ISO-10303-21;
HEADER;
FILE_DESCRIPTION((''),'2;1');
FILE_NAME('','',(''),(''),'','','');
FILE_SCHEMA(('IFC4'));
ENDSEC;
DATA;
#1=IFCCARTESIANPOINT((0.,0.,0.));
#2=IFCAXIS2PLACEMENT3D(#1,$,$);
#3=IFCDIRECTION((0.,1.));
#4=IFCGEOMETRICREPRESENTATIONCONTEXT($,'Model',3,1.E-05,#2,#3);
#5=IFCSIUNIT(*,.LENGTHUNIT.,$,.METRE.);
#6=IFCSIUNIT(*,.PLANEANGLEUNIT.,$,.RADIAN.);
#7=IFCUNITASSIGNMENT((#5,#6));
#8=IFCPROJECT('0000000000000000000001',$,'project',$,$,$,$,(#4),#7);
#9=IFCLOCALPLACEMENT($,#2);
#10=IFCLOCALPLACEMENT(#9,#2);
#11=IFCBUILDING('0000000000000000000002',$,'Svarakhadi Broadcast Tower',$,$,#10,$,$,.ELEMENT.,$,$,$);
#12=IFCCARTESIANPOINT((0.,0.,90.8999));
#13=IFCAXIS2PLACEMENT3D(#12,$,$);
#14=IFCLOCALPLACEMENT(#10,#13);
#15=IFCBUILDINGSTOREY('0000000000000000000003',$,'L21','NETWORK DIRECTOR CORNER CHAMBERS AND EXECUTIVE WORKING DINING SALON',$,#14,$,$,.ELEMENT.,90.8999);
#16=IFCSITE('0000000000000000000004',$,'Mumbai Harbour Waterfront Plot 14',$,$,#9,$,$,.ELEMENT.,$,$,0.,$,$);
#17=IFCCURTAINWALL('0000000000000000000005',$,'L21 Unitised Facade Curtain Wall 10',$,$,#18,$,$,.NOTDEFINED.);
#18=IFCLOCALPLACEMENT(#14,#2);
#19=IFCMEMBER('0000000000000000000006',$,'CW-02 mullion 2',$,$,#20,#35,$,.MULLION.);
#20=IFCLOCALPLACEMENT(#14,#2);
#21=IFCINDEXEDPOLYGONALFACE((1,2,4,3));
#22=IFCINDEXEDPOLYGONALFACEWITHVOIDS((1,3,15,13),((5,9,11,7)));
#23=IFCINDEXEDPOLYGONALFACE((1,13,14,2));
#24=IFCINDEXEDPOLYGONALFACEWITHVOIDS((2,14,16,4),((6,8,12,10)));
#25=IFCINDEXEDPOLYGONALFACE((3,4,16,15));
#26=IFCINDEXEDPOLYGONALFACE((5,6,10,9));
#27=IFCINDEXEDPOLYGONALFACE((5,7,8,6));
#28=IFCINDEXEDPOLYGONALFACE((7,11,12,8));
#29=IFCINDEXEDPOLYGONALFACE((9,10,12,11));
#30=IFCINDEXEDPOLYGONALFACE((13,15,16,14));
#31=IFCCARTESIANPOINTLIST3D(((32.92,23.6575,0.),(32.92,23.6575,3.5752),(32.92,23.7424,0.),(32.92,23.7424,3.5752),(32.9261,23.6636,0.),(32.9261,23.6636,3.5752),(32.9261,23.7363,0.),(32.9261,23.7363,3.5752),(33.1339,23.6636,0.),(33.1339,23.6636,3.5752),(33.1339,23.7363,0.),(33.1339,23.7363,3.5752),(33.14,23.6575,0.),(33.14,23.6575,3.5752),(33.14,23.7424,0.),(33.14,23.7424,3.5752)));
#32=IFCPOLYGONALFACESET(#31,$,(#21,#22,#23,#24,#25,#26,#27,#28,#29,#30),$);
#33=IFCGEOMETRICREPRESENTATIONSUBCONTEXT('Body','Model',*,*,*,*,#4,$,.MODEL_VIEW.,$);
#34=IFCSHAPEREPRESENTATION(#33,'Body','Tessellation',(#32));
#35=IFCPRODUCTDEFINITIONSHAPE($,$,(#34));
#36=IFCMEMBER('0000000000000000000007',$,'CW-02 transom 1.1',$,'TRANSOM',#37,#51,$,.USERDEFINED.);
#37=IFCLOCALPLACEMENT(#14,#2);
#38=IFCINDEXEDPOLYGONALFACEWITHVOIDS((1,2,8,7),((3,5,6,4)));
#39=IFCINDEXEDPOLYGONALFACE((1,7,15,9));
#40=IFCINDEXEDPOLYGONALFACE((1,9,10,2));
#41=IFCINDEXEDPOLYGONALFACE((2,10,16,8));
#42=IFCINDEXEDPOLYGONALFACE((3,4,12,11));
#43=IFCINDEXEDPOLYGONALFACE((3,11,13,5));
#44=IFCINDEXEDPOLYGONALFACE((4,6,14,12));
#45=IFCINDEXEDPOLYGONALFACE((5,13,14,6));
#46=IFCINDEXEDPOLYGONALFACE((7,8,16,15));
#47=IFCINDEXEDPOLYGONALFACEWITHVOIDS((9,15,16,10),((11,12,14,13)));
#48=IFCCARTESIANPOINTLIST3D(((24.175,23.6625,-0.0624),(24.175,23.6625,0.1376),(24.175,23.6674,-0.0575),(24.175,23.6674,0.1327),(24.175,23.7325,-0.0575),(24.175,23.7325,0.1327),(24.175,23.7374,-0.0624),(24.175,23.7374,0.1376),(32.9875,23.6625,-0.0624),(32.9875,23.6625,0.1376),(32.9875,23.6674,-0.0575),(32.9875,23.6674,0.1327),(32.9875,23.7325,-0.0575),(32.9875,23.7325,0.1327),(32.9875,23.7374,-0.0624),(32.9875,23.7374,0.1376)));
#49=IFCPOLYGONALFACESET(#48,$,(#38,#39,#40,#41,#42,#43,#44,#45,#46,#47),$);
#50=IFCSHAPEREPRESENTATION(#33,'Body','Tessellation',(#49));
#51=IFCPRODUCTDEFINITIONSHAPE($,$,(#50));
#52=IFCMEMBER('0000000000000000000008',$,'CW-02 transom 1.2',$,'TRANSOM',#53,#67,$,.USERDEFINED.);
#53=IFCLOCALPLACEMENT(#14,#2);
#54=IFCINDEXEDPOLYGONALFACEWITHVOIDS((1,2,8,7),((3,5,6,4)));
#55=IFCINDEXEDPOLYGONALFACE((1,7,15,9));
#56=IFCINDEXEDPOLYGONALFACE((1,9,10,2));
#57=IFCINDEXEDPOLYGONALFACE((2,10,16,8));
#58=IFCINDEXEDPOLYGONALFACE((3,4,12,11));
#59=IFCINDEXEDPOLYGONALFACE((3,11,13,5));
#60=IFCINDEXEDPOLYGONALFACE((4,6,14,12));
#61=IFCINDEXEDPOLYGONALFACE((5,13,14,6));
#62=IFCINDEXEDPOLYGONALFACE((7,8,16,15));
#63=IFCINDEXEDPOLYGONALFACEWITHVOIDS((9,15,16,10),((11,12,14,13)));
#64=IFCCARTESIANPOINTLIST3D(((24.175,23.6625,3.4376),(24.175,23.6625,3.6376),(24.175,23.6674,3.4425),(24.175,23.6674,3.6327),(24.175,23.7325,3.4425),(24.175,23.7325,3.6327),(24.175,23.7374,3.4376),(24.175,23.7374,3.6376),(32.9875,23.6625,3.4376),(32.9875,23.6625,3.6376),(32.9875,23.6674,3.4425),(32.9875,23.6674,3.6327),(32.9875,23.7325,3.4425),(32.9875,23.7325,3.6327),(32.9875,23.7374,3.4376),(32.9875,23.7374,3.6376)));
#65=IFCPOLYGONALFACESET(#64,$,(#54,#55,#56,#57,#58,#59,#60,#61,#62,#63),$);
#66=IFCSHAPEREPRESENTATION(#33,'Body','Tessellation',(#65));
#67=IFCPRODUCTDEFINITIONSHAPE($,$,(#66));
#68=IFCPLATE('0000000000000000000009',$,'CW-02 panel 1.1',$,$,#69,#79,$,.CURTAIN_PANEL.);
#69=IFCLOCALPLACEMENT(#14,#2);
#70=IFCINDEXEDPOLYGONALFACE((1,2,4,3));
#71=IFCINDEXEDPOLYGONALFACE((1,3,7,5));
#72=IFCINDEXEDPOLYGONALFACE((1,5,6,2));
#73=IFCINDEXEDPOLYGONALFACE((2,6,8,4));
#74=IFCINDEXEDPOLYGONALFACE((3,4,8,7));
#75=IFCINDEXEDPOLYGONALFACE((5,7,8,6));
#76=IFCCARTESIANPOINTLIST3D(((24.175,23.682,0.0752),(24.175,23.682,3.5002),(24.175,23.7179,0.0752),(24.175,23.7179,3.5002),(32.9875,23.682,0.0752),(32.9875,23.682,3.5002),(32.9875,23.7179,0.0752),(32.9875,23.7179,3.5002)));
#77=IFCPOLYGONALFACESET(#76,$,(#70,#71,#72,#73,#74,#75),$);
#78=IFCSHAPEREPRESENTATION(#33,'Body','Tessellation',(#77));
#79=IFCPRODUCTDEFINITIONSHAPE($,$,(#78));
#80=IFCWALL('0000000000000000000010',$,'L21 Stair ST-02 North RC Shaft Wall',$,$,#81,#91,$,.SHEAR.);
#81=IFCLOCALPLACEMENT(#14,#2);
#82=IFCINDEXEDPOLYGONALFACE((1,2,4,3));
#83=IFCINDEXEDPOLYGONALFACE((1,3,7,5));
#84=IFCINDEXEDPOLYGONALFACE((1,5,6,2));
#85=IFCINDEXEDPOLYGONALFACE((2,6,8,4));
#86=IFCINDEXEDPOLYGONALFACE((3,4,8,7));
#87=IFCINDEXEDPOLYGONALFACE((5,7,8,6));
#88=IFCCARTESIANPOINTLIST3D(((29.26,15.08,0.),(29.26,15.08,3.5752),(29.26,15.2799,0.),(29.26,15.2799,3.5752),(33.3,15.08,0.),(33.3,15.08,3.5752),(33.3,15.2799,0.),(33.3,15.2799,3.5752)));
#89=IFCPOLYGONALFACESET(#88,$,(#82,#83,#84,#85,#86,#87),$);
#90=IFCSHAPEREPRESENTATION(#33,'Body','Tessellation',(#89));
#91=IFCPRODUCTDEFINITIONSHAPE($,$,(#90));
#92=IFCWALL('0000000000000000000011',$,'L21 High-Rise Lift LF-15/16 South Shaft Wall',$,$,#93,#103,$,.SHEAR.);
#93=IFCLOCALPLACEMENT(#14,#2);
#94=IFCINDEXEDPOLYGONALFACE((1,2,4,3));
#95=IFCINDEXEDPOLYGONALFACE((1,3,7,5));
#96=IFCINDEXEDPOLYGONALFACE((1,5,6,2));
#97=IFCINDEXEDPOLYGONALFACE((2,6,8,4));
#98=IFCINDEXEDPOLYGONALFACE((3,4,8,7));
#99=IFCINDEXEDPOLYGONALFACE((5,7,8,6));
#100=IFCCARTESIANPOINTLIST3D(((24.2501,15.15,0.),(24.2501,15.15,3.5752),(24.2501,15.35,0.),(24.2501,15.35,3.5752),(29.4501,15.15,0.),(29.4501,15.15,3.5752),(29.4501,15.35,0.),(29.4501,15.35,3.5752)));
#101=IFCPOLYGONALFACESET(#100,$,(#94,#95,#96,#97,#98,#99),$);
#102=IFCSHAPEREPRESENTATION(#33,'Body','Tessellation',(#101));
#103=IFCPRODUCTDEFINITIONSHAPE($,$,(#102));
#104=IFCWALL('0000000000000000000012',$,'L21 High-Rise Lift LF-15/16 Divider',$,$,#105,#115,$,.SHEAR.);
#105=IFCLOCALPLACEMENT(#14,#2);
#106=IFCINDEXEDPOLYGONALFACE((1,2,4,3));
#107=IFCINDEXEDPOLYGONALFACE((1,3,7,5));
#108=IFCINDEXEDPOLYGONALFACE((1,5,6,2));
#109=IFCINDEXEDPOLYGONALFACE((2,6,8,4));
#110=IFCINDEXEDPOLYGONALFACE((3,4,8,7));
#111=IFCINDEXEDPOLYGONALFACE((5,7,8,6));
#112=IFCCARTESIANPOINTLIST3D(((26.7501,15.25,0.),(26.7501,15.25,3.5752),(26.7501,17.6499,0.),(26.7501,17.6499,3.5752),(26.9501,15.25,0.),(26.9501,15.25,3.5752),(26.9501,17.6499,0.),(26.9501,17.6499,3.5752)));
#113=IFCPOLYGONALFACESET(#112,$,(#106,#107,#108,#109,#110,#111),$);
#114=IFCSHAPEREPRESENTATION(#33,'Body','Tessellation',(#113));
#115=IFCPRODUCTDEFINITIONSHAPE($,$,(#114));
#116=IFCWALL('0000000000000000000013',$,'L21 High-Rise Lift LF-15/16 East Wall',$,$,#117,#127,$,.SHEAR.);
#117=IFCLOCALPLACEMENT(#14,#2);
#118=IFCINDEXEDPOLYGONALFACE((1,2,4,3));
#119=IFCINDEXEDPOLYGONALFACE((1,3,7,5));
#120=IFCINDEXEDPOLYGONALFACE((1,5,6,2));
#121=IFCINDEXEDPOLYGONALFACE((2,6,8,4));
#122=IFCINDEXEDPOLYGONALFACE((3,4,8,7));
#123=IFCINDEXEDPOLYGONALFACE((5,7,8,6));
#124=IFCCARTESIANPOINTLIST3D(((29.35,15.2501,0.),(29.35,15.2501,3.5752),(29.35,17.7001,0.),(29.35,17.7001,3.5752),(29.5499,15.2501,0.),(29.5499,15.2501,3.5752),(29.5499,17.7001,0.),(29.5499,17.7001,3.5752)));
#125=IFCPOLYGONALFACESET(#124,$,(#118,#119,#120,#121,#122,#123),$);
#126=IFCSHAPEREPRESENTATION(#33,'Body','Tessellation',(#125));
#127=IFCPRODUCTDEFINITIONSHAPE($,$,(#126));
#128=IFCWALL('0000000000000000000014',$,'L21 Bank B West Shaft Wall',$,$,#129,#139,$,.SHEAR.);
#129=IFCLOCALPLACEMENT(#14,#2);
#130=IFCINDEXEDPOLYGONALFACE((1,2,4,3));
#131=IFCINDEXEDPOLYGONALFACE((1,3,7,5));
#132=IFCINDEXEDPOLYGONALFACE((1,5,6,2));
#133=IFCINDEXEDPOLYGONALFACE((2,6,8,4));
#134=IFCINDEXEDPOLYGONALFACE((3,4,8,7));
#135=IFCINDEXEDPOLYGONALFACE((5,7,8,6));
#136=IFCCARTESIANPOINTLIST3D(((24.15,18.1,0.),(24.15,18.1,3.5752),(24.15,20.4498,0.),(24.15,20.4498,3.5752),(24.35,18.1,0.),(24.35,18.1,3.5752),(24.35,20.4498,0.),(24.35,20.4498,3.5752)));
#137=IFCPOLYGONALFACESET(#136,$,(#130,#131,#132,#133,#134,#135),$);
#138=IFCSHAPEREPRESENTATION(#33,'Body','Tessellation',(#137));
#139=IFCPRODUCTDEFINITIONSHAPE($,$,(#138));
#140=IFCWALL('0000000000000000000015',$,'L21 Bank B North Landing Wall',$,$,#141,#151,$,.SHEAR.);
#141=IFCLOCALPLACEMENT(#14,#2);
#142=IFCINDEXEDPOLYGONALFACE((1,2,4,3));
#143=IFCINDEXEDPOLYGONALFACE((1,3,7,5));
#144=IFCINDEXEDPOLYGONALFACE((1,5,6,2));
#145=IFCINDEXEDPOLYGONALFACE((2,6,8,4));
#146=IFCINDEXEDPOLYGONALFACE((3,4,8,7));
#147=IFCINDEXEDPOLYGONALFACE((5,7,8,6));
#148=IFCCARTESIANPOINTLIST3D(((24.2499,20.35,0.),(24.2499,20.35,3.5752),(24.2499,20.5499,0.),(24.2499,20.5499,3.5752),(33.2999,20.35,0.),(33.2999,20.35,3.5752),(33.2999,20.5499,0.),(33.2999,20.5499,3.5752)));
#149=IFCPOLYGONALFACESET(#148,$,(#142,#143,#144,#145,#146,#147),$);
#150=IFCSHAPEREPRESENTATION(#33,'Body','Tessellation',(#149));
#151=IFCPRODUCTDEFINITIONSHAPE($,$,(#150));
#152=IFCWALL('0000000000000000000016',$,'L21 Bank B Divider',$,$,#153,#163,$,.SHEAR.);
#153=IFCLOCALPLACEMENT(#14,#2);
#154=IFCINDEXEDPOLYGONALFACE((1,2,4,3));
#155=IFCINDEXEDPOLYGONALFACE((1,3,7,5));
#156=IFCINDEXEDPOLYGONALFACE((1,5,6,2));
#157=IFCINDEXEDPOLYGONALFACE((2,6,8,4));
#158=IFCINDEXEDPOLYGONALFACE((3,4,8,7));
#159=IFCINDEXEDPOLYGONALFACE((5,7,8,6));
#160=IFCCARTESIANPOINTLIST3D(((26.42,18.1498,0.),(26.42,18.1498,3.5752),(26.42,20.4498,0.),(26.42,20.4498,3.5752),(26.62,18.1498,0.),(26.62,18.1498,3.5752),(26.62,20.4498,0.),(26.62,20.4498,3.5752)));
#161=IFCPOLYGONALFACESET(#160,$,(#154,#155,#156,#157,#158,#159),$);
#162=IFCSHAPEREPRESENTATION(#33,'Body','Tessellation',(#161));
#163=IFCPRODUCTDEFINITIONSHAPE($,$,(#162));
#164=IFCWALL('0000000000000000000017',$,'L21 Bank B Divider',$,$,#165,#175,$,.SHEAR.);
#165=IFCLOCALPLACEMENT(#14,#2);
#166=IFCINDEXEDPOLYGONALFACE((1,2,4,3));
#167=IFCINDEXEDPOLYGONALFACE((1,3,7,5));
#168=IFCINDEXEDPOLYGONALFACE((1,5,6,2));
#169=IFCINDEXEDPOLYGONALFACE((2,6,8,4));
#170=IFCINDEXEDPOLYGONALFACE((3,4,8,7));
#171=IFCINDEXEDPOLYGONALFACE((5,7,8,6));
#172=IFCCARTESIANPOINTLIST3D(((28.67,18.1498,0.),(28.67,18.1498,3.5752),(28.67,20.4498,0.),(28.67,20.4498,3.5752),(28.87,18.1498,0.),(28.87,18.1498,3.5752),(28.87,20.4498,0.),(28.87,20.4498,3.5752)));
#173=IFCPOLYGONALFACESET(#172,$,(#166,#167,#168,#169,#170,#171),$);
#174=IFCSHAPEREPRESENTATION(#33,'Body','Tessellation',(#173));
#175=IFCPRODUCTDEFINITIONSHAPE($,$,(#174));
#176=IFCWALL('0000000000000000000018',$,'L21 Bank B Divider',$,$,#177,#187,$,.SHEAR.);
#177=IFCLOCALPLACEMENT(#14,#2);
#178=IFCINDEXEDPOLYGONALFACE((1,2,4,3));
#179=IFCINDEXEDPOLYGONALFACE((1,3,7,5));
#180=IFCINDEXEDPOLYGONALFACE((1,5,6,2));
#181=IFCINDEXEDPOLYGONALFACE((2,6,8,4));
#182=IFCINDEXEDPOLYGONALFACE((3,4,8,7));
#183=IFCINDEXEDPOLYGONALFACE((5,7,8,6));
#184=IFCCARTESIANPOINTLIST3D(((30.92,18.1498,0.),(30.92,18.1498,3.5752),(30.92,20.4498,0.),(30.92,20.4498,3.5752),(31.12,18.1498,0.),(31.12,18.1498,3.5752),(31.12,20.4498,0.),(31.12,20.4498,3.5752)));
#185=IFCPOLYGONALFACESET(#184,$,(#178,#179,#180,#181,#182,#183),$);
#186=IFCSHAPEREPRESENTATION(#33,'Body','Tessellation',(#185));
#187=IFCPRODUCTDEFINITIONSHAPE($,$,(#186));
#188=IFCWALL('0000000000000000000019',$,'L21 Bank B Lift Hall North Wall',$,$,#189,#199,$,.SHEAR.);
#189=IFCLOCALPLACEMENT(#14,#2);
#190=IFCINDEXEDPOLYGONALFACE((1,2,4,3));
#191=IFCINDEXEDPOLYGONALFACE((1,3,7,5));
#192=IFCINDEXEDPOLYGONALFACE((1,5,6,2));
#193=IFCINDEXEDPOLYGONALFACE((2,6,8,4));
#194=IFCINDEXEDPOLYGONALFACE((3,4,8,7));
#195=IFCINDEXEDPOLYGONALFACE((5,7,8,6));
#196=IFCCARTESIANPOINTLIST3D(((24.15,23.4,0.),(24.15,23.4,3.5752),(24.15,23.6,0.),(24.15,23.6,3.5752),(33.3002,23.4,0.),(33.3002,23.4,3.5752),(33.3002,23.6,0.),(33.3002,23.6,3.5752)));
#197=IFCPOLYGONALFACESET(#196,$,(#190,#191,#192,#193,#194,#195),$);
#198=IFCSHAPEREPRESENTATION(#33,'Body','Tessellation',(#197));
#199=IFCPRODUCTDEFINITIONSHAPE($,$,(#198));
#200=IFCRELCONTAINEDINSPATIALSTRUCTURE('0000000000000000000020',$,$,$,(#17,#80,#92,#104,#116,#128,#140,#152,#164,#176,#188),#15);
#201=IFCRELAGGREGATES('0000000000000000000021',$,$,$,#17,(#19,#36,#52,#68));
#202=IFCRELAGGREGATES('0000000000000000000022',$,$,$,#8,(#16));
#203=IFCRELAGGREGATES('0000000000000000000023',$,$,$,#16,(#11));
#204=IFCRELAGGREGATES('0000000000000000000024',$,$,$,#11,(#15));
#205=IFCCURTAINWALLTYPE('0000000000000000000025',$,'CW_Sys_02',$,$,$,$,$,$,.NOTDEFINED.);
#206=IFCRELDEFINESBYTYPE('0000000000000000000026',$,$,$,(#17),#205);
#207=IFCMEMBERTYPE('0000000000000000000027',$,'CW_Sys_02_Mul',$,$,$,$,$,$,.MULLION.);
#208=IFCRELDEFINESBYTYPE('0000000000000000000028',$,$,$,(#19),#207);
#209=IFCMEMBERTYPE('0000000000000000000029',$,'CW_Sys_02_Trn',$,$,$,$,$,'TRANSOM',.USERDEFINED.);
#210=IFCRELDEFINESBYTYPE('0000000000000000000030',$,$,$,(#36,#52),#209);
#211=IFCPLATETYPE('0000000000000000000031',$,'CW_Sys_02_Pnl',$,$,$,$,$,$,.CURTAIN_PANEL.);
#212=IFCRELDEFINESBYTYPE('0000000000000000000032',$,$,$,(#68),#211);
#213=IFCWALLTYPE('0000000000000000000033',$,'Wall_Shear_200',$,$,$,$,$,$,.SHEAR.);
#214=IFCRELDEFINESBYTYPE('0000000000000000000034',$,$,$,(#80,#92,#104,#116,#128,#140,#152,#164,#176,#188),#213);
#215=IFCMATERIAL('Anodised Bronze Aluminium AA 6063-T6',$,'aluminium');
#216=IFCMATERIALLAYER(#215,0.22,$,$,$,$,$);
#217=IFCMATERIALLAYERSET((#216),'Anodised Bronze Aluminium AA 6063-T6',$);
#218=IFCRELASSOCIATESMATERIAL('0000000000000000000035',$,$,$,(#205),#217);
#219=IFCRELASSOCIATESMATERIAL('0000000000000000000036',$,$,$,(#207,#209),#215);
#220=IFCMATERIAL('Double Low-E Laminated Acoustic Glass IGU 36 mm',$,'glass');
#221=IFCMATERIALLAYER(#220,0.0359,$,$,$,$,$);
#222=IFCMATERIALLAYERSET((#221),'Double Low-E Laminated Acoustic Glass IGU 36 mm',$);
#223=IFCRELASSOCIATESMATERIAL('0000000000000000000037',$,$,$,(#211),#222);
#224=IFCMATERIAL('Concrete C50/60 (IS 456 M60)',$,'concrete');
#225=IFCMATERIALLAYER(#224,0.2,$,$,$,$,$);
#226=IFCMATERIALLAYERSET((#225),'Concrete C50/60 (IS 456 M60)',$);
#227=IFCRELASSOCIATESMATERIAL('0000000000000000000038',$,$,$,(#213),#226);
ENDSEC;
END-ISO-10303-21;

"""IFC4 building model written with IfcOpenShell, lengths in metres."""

from ifc_helpers import new_model, si_unit, direction, frame, frame_2d, origin, origin_2d, place, context, subcontext, project, spatial, rectangle, hollow_rectangle, extrude, material, layer, layer_set, material_profile, profile_set, type_object, element, aggregate, save


model = new_model("IFC4")

# Units and contexts
model_context = context("Model", 3, precision=1e-05, world=origin(), true_north=direction((0.0, 1.0)))
body_context = subcontext(model_context, "Body", "Model", "MODEL_VIEW")
ifc_project = project(units=[si_unit("LENGTHUNIT", "METRE"), si_unit("PLANEANGLEUNIT", "RADIAN")], contexts=[model_context])

# Site, building, storey
site_placement = place(None, origin())
site = spatial("IfcSite", under=ifc_project, at=site_placement, Name="Mumbai Harbour Waterfront Plot 14", CompositionType="ELEMENT", RefElevation=0.0)
building_placement = place(site_placement, origin())
building = spatial("IfcBuilding", under=site, at=building_placement, Name="Svarakhadi Broadcast Tower", CompositionType="ELEMENT")
storey_placement = place(building_placement, frame((0.0, 0.0, 90.8999)))
storey = spatial("IfcBuildingStorey", under=building, at=storey_placement, Name="L21", Description="NETWORK DIRECTOR CORNER CHAMBERS AND EXECUTIVE WORKING DINING SALON", CompositionType="ELEMENT", Elevation=90.8999)

# Curtain wall, members, plate
ifc_material_1 = material(Name="Anodised Bronze Aluminium AA 6063-T6", Category="aluminium")
ifc_layer_1 = layer(ifc_material_1, 0.22)
ifc_layer_set_1 = layer_set([ifc_layer_1], Name="Anodised Bronze Aluminium AA 6063-T6")
curtain_wall_type = type_object("IfcCurtainWallType", Name="CW_Sys_02", PredefinedType="NOTDEFINED", material=ifc_layer_set_1)
curtain_wall_placement = place(storey_placement, origin())
curtain_wall = element("IfcCurtainWall", 1, at=curtain_wall_placement, inside=storey, type_object=curtain_wall_type, Name="L21 Unitised Facade Curtain Wall 10", PredefinedType="NOTDEFINED")
ifc_material_profile_1 = material_profile(ifc_material_1, hollow_rectangle(XDim=0.085, YDim=0.22, WallThickness=0.0061, at=origin_2d()), Name="ALU MULLION 220x85x6")
ifc_profile_set_1 = profile_set([ifc_material_profile_1], Name="Anodised Bronze Aluminium AA 6063-T6")
member_type_1 = type_object("IfcMemberType", Name="CW_Sys_02_Mul", PredefinedType="MULLION", material=ifc_profile_set_1)
member_1_placement = place(storey_placement, frame((33.03, 23.7, 0.0), z_axis=(0.0, 0.0, 1.0), x_axis=(0.0, 1.0, 0.0)))
member_1 = element("IfcMember", 2, at=member_1_placement, type_object=member_type_1, Name="CW-02 mullion 2", PredefinedType="MULLION", context=body_context, shape_type="SweptSolid", body=[
    extrude(hollow_rectangle(XDim=0.085, YDim=0.22, WallThickness=0.0061, at=origin_2d()), origin(), (0.0, 0.0, 1.0), 3.5752),
])
ifc_material_profile_2 = material_profile(ifc_material_1, hollow_rectangle(XDim=0.075, YDim=0.2, WallThickness=0.0049, at=origin_2d()), Name="ALU TRANSOM 200x75x5")
ifc_profile_set_2 = profile_set([ifc_material_profile_2], Name="Anodised Bronze Aluminium AA 6063-T6")
member_type_2 = type_object("IfcMemberType", Name="CW_Sys_02_Trn", ElementType="TRANSOM", PredefinedType="USERDEFINED", material=ifc_profile_set_2)
member_2_placement = place(storey_placement, frame((24.175, 23.7, 0.0376), z_axis=(1.0, 0.0, 0.0), x_axis=(0.0, 1.0, 0.0)))
member_2 = element("IfcMember", 3, at=member_2_placement, type_object=member_type_2, Name="CW-02 transom 1.1", ObjectType="TRANSOM", PredefinedType="USERDEFINED", context=body_context, shape_type="SweptSolid", body=[
    extrude(hollow_rectangle(XDim=0.075, YDim=0.2, WallThickness=0.0049, at=origin_2d()), origin(), (0.0, 0.0, 1.0), 8.8125),
])
member_3_placement = place(storey_placement, frame((24.175, 23.7, 3.5376), z_axis=(1.0, 0.0, 0.0), x_axis=(0.0, 1.0, 0.0)))
member_3 = element("IfcMember", 4, at=member_3_placement, type_object=member_type_2, Name="CW-02 transom 1.2", ObjectType="TRANSOM", PredefinedType="USERDEFINED", context=body_context, shape_type="SweptSolid", body=[
    extrude(hollow_rectangle(XDim=0.075, YDim=0.2, WallThickness=0.0049, at=origin_2d()), origin(), (0.0, 0.0, 1.0), 8.8125),
])
ifc_material_2 = material(Name="Double Low-E Laminated Acoustic Glass IGU 36 mm", Category="glass")
ifc_layer_2 = layer(ifc_material_2, 0.0359)
ifc_layer_set_2 = layer_set([ifc_layer_2], Name="Double Low-E Laminated Acoustic Glass IGU 36 mm")
plate_type = type_object("IfcPlateType", Name="CW_Sys_02_Pnl", PredefinedType="CURTAIN_PANEL", material=ifc_layer_set_2)
plate_placement = place(storey_placement, frame((28.5813, 23.7, 0.0752), z_axis=(0.0, 0.0, 1.0), x_axis=(1.0, 0.0, 0.0)))
plate = element("IfcPlate", 5, at=plate_placement, type_object=plate_type, Name="CW-02 panel 1.1", PredefinedType="CURTAIN_PANEL", context=body_context, shape_type="SweptSolid", body=[
    extrude(rectangle(XDim=8.8125, YDim=0.0359, at=origin_2d()), origin(), (0.0, 0.0, 1.0), 3.425),
])
aggregate(curtain_wall, [member_1, member_2, member_3, plate])

# Wall
ifc_material_3 = material(Name="Concrete C50/60 (IS 456 M60)", Category="concrete")
ifc_layer_3 = layer(ifc_material_3, 0.2)
ifc_layer_set_3 = layer_set([ifc_layer_3], Name="Concrete C50/60 (IS 456 M60)")
wall_type_1 = type_object("IfcWallType", Name="Wall_Shear_200", PredefinedType="SHEAR", material=ifc_layer_set_3)
wall_1_placement = place(storey_placement, frame((29.26, 15.1799, 0.0), z_axis=(0.0, 0.0, 1.0), x_axis=(1.0, 0.0, 0.0)))
element("IfcWall", 6, at=wall_1_placement, inside=storey, type_object=wall_type_1, Name="L21 Stair ST-02 North RC Shaft Wall", PredefinedType="SHEAR", context=body_context, shape_type="SweptSolid", body=[
    extrude(rectangle(XDim=4.04, YDim=0.2, at=frame_2d((2.02, 0.0))), origin(), (0.0, 0.0, 1.0), 3.5752),
])

# Walls
wall_2_placement = place(storey_placement, frame((24.25, 15.25, 0.0), z_axis=(0.0, 0.0, 1.0), x_axis=(1.0, 0.0, 0.0)))
element("IfcWall", 7, at=wall_2_placement, inside=storey, type_object=wall_type_1, Name="L21 High-Rise Lift LF-15/16 South Shaft Wall", PredefinedType="SHEAR", context=body_context, shape_type="SweptSolid", body=[
    extrude(rectangle(XDim=5.2, YDim=0.2, at=frame_2d((2.6001, 0.0))), origin(), (0.0, 0.0, 1.0), 3.5752),
])
wall_3_placement = place(storey_placement, frame((26.8501, 15.25, 0.0), z_axis=(0.0, 0.0, 1.0), x_axis=(0.0, 1.0, 0.0)))
element("IfcWall", 8, at=wall_3_placement, inside=storey, type_object=wall_type_1, Name="L21 High-Rise Lift LF-15/16 Divider", PredefinedType="SHEAR", context=body_context, shape_type="SweptSolid", body=[
    extrude(rectangle(XDim=2.3999, YDim=0.2, at=frame_2d((1.2, 0.0))), origin(), (0.0, 0.0, 1.0), 3.5752),
])
wall_4_placement = place(storey_placement, frame((29.45, 15.25, 0.0), z_axis=(0.0, 0.0, 1.0), x_axis=(0.0, 1.0, 0.0)))
element("IfcWall", 9, at=wall_4_placement, inside=storey, type_object=wall_type_1, Name="L21 High-Rise Lift LF-15/16 East Wall", PredefinedType="SHEAR", context=body_context, shape_type="SweptSolid", body=[
    extrude(rectangle(XDim=2.45, YDim=0.2, at=frame_2d((1.2251, 0.0))), origin(), (0.0, 0.0, 1.0), 3.5752),
])
wall_5_placement = place(storey_placement, frame((24.25, 18.1001, 0.0), z_axis=(0.0, 0.0, 1.0), x_axis=(0.0, 1.0, 0.0)))
element("IfcWall", 10, at=wall_5_placement, inside=storey, type_object=wall_type_1, Name="L21 Bank B West Shaft Wall", PredefinedType="SHEAR", context=body_context, shape_type="SweptSolid", body=[
    extrude(rectangle(XDim=2.3499, YDim=0.2, at=frame_2d((1.1748, 0.0))), origin(), (0.0, 0.0, 1.0), 3.5752),
])
wall_6_placement = place(storey_placement, frame((24.25, 20.45, 0.0), z_axis=(0.0, 0.0, 1.0), x_axis=(1.0, 0.0, 0.0)))
element("IfcWall", 11, at=wall_6_placement, inside=storey, type_object=wall_type_1, Name="L21 Bank B North Landing Wall", PredefinedType="SHEAR", context=body_context, shape_type="SweptSolid", body=[
    extrude(rectangle(XDim=9.05, YDim=0.2, at=frame_2d((4.5249, 0.0))), origin(), (0.0, 0.0, 1.0), 3.5752),
])
for number, where, z_axis, x_axis, name in (
    (12, (26.52, 18.1499, 0.0), (0.0, 0.0, 1.0), (0.0, 1.0, 0.0), "L21 Bank B Divider"),
    (13, (28.77, 18.1499, 0.0), (0.0, 0.0, 1.0), (0.0, 1.0, 0.0), "L21 Bank B Divider"),
    (14, (31.02, 18.1499, 0.0), (0.0, 0.0, 1.0), (0.0, 1.0, 0.0), "L21 Bank B Divider"),
):
    element("IfcWall", number, at=place(storey_placement, frame(where, z_axis=z_axis, x_axis=x_axis)), inside=storey, type_object=wall_type_1, Name=name, PredefinedType="SHEAR", context=body_context, shape_type="SweptSolid", body=[
        extrude(rectangle(XDim=2.3, YDim=0.2, at=frame_2d((1.1499, 0.0))), origin(), (0.0, 0.0, 1.0), 3.5752),
    ])
wall_7_placement = place(storey_placement, frame((24.1499, 23.5, 0.0), z_axis=(0.0, 0.0, 1.0), x_axis=(1.0, 0.0, 0.0)))
element("IfcWall", 15, at=wall_7_placement, inside=storey, type_object=wall_type_1, Name="L21 Bank B Lift Hall North Wall", PredefinedType="SHEAR", context=body_context, shape_type="SweptSolid", body=[
    extrude(rectangle(XDim=9.1501, YDim=0.2, at=frame_2d((4.5752, 0.0))), origin(), (0.0, 0.0, 1.0), 3.5752),
])

save(model, "model.ifc")
